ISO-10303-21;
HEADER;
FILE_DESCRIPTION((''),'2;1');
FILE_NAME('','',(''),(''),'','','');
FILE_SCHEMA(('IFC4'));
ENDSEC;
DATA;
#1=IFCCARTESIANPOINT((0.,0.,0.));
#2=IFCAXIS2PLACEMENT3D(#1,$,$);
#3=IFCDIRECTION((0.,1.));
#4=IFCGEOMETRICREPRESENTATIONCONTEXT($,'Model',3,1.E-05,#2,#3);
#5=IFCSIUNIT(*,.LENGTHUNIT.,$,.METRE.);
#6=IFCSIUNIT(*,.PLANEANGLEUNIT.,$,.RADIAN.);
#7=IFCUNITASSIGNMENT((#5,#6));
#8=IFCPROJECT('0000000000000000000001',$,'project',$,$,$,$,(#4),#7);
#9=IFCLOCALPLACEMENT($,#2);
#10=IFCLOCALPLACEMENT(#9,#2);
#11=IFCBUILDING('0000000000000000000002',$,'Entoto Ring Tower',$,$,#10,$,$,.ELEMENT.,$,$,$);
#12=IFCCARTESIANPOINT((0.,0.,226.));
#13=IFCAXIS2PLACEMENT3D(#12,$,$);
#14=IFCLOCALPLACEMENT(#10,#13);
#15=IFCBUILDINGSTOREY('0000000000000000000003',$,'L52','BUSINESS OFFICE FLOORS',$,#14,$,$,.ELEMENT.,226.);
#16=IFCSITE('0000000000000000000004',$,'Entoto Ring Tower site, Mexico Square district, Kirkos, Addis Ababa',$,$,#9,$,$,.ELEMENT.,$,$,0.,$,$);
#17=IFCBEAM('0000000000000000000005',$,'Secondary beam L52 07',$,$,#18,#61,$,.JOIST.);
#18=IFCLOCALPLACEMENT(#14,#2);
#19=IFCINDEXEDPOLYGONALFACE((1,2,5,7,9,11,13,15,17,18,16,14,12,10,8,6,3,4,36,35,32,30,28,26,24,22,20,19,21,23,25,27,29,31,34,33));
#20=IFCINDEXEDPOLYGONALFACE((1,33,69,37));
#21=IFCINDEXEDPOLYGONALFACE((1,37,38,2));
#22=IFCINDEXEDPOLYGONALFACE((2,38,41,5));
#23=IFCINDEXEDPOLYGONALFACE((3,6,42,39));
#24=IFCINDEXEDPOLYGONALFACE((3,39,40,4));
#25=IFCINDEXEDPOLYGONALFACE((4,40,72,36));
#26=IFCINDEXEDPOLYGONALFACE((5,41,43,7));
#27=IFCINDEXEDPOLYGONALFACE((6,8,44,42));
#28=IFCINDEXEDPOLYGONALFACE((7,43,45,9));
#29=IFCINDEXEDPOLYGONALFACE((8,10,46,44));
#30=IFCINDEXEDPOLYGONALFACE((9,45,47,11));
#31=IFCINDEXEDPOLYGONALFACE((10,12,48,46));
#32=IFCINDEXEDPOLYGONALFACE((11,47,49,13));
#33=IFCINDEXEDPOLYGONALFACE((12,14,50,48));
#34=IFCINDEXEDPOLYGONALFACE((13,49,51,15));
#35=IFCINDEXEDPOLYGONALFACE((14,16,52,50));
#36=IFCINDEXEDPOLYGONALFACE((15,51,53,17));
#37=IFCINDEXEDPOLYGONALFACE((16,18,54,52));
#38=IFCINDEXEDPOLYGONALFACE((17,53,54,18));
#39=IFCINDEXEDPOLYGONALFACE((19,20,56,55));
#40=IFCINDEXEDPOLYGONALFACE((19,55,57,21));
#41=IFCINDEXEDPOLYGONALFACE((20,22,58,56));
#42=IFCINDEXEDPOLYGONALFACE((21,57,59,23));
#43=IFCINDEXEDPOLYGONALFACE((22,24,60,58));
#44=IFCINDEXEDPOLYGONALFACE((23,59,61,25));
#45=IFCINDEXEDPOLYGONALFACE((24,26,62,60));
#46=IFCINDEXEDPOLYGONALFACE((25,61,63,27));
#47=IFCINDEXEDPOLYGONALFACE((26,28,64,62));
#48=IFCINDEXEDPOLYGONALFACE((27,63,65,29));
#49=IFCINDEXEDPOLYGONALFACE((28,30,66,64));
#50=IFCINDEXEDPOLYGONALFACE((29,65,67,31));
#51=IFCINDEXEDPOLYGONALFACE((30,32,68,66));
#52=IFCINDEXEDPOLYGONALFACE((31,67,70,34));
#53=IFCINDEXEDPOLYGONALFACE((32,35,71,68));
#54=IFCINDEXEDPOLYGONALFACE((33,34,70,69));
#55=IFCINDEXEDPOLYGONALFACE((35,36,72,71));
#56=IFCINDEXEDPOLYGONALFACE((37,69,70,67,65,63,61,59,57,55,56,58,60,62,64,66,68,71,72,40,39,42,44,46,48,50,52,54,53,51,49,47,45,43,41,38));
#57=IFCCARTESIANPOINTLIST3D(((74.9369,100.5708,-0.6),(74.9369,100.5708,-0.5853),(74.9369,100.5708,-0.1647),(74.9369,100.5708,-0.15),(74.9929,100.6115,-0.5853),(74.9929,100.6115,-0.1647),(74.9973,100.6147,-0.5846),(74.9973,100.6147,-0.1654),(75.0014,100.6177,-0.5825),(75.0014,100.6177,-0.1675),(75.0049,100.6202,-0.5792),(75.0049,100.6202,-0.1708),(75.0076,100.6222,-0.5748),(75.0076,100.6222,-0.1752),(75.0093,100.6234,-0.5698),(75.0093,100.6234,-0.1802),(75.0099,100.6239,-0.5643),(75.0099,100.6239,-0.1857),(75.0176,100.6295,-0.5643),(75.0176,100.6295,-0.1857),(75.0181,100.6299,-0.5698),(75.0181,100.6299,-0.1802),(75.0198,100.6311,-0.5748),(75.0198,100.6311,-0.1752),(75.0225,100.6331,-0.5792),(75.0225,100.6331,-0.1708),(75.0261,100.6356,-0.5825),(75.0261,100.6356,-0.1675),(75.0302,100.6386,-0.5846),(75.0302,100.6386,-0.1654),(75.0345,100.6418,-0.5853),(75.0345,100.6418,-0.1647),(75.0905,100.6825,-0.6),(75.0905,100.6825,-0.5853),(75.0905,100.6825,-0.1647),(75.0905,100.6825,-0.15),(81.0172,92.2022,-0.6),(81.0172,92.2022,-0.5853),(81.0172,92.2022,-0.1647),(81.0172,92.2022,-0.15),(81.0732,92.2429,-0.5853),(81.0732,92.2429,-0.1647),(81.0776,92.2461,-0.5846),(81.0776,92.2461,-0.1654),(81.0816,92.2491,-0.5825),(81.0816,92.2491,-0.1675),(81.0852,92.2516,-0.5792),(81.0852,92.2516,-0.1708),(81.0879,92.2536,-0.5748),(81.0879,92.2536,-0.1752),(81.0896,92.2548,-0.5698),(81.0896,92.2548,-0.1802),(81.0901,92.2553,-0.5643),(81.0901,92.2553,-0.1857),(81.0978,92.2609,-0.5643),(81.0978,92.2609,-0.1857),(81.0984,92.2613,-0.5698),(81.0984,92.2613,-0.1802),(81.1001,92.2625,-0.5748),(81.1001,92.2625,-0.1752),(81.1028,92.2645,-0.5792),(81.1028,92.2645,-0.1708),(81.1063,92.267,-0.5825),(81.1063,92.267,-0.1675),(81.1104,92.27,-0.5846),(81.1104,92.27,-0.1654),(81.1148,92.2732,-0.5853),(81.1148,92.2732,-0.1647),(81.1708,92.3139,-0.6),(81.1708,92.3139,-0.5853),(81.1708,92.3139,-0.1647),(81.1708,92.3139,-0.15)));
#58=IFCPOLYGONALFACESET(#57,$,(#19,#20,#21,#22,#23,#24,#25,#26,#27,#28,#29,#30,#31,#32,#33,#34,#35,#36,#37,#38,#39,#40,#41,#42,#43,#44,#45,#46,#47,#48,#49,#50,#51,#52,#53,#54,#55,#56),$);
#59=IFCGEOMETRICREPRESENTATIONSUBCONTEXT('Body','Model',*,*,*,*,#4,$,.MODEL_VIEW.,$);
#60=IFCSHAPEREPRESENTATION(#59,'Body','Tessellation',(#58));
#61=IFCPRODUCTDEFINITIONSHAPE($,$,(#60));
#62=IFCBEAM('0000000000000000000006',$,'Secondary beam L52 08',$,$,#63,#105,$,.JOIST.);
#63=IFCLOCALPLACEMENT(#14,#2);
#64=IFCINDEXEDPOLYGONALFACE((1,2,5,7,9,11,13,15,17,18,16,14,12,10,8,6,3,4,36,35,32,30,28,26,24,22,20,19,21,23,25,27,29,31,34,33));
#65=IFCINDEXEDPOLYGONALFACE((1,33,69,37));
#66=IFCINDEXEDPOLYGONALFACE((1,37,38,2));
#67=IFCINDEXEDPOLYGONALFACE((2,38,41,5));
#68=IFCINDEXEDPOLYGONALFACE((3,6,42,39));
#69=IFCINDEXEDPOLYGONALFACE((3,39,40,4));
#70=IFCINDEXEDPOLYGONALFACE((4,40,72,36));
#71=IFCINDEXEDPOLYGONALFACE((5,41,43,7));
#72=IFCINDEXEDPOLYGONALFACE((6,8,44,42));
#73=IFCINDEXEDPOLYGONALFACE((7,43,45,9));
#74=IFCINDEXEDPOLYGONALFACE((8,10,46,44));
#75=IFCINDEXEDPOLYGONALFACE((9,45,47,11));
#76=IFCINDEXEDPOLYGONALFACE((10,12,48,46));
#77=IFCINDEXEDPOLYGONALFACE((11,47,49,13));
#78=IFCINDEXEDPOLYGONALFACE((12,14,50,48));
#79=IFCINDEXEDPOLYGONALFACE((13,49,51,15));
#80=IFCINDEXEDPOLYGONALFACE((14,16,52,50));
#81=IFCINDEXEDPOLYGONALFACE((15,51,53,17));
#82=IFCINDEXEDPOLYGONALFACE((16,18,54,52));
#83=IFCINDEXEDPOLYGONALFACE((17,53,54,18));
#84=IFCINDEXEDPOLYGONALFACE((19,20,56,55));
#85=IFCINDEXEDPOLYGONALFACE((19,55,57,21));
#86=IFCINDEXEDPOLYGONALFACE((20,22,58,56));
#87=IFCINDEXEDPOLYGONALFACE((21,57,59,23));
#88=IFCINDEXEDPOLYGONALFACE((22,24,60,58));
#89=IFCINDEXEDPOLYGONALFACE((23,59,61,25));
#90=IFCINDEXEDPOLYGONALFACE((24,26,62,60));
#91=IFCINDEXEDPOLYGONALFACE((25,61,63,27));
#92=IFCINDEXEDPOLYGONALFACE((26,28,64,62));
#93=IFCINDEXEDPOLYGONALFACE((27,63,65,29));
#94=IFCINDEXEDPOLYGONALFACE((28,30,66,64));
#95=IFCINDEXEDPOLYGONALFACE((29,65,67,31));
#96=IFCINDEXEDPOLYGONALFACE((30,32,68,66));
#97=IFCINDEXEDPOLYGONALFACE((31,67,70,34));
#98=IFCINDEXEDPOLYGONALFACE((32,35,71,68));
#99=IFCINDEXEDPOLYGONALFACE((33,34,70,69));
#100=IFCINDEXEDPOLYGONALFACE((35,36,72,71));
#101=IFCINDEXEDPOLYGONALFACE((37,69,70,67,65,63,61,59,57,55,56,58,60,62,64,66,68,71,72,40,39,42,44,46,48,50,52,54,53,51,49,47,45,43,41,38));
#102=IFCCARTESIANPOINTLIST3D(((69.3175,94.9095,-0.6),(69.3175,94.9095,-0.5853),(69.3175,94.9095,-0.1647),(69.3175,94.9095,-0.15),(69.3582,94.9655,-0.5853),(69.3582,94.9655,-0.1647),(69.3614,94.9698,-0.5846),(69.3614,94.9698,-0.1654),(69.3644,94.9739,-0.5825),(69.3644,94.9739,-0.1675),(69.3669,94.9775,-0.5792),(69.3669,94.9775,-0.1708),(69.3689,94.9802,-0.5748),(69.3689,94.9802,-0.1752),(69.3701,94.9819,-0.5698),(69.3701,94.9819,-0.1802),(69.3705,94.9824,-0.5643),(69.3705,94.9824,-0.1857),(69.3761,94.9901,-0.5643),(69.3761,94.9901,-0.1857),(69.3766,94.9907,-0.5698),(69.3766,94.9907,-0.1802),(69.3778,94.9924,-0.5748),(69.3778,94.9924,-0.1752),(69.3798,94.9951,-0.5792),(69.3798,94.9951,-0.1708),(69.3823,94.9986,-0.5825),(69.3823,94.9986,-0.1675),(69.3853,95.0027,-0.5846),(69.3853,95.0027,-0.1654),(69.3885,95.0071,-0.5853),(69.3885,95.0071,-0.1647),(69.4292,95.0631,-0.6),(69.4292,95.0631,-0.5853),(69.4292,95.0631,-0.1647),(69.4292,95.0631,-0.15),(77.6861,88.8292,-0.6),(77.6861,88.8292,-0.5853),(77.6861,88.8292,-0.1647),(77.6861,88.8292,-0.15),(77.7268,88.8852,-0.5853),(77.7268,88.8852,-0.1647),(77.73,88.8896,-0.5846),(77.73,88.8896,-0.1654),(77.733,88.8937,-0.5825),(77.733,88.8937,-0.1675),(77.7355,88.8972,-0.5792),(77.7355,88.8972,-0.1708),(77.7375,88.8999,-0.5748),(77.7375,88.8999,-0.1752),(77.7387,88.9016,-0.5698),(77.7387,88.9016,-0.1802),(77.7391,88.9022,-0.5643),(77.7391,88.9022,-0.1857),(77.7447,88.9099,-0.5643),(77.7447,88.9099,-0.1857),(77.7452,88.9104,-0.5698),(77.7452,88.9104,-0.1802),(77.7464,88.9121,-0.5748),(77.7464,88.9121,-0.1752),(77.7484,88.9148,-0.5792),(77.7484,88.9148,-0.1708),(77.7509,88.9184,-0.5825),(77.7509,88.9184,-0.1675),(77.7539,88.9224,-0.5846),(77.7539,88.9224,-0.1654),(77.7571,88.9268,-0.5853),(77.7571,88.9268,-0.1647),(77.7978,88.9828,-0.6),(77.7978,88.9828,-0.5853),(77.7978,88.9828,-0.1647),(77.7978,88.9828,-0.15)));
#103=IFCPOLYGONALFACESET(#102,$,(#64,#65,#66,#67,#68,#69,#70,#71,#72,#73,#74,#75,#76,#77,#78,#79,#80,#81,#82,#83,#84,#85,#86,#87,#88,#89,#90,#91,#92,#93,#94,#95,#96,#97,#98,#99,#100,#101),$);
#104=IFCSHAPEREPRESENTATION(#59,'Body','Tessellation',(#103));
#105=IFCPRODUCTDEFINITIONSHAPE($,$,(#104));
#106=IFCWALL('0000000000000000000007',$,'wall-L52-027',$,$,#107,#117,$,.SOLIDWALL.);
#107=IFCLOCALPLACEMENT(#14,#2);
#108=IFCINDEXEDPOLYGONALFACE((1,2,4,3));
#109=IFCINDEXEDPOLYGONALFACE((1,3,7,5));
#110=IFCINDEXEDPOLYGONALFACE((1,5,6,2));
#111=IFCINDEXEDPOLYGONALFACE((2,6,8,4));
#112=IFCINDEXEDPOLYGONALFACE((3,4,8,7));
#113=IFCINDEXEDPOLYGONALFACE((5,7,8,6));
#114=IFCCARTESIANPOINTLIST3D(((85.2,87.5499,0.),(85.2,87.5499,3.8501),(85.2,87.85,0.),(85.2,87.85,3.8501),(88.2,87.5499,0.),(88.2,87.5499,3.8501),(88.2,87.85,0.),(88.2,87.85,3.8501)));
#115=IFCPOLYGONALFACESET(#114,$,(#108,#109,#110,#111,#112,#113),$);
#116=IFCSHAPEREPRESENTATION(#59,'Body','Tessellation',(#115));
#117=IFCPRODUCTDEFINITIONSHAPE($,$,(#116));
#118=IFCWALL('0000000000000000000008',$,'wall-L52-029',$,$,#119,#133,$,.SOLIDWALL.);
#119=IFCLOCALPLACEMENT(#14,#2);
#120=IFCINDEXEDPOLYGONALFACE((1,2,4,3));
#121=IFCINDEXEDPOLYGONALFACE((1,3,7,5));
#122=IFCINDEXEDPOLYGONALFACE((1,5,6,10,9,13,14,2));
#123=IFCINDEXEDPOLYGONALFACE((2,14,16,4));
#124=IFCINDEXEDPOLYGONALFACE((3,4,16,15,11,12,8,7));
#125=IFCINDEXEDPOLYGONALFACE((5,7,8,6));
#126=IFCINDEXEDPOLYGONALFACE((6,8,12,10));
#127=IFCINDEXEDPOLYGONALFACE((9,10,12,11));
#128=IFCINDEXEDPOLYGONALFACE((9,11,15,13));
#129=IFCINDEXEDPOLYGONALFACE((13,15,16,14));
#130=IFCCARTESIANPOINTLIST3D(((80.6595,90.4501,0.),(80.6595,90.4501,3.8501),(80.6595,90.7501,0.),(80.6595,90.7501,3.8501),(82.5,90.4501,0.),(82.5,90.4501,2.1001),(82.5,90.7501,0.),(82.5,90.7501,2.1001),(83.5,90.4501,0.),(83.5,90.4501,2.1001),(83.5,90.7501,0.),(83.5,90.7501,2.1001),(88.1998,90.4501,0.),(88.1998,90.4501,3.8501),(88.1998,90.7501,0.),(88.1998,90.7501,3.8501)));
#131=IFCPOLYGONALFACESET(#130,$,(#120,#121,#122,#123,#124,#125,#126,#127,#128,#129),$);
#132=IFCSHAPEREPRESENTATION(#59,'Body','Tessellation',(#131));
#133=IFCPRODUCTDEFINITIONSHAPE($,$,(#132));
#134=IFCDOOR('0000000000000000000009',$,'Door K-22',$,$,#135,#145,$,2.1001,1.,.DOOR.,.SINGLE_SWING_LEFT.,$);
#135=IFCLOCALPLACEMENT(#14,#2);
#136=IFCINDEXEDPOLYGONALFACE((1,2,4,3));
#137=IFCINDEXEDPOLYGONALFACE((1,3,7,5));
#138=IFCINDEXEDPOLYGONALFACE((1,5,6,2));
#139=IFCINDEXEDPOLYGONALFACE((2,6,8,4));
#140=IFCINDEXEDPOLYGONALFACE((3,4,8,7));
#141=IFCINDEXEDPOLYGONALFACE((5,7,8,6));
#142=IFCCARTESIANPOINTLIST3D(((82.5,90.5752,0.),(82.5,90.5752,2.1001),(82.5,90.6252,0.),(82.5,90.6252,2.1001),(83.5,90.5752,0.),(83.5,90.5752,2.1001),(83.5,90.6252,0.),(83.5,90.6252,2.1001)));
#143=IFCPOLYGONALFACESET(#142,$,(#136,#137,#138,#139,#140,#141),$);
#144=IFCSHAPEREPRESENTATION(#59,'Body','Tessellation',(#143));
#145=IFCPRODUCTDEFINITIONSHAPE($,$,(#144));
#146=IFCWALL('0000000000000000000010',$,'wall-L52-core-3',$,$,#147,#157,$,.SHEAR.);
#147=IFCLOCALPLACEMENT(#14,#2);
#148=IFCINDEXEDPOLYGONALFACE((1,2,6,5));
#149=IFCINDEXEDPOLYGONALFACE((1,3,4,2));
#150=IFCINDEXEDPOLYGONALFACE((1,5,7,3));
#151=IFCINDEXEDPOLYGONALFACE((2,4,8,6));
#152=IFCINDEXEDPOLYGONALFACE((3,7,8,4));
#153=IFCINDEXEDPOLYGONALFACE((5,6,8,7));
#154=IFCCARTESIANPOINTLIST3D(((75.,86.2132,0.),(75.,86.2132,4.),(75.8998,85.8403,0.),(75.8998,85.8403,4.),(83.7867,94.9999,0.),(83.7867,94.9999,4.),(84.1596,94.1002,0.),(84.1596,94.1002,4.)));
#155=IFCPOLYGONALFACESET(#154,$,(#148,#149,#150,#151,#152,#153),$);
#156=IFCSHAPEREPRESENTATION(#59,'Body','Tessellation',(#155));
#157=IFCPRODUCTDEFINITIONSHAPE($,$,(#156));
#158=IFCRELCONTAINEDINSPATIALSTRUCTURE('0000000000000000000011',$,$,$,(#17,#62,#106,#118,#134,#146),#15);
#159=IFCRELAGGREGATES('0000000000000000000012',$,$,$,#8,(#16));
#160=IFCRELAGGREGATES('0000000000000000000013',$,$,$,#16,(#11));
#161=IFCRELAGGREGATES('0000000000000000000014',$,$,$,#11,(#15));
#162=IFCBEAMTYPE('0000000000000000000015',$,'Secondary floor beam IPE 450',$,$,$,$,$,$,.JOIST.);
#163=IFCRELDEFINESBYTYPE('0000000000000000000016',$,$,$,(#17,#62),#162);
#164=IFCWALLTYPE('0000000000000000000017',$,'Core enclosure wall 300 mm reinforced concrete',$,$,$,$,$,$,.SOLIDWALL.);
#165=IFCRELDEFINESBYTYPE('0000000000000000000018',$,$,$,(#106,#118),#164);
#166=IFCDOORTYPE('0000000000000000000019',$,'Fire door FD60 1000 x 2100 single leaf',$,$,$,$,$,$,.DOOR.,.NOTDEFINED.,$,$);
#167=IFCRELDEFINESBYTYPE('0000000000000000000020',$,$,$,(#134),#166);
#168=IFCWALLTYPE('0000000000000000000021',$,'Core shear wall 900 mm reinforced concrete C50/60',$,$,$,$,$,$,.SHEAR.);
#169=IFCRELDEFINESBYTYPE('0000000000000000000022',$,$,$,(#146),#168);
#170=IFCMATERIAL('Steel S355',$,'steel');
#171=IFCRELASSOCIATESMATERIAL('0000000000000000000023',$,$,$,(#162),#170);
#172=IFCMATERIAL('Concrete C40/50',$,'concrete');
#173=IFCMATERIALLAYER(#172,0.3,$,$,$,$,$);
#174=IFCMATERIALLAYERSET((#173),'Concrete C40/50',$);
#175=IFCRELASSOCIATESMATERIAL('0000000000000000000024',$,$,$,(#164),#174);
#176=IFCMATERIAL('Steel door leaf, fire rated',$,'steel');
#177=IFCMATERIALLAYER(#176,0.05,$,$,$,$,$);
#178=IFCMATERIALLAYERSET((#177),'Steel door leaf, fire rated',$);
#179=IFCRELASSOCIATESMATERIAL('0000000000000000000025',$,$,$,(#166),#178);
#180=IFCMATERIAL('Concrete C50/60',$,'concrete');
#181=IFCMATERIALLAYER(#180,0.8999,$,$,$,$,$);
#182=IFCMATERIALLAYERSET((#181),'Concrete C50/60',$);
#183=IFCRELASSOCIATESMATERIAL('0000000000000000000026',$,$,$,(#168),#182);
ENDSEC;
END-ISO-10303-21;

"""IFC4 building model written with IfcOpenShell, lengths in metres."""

from ifc_helpers import new_model, si_unit, direction, frame, frame_2d, origin, origin_2d, place, context, subcontext, project, spatial, polyline, rectangle, i_section, outline, extrude, material, layer, layer_set, material_profile, profile_set, type_object, element, fill, save


model = new_model("IFC4")

# Units and contexts
model_context = context("Model", 3, precision=1e-05, world=origin(), true_north=direction((0.0, 1.0)))
body_context = subcontext(model_context, "Body", "Model", "MODEL_VIEW")
ifc_project = project(units=[si_unit("LENGTHUNIT", "METRE"), si_unit("PLANEANGLEUNIT", "RADIAN")], contexts=[model_context])

# Site, building, storey
site_placement = place(None, origin())
site = spatial("IfcSite", under=ifc_project, at=site_placement, Name="Entoto Ring Tower site, Mexico Square district, Kirkos, Addis Ababa", CompositionType="ELEMENT", RefElevation=0.0)
building_placement = place(site_placement, origin())
building = spatial("IfcBuilding", under=site, at=building_placement, Name="Entoto Ring Tower", CompositionType="ELEMENT")
storey_placement = place(building_placement, frame((0.0, 0.0, 226.0)))
storey = spatial("IfcBuildingStorey", under=building, at=storey_placement, Name="L52", Description="BUSINESS OFFICE FLOORS", CompositionType="ELEMENT", Elevation=226.0)

# Beams
ifc_material_1 = material(Name="Steel S355", Category="steel")
ifc_material_profile_1 = material_profile(ifc_material_1, i_section(OverallWidth=0.1899, OverallDepth=0.45, WebThickness=0.0095, FlangeThickness=0.0146, FilletRadius=0.021, at=origin_2d()), Name="IPE 450")
ifc_profile_set_1 = profile_set([ifc_material_profile_1], Name="Steel S355")
beam_type_1 = type_object("IfcBeamType", Name="Secondary floor beam IPE 450", PredefinedType="JOIST", material=ifc_profile_set_1)
for number, where, z_axis, x_axis, name in (
    (1, (81.094, 92.2581, -0.375), (-0.587794, 0.809011, 0.0), (-0.809011, -0.587794, 0.0), "Secondary beam L52 07"),
    (2, (77.7419, 88.906, -0.375), (-0.809011, 0.587794, 0.0), (-0.587794, -0.809011, 0.0), "Secondary beam L52 08"),
):
    element("IfcBeam", number, at=place(storey_placement, frame(where, z_axis=z_axis, x_axis=x_axis)), inside=storey, type_object=beam_type_1, Name=name, PredefinedType="JOIST", context=body_context, shape_type="SweptSolid", body=[
        extrude(i_section(OverallWidth=0.1899, OverallDepth=0.45, WebThickness=0.0095, FlangeThickness=0.0146, FilletRadius=0.021, at=origin_2d()), origin(), (0.0, 0.0, 1.0), 10.3442),
    ])

# Wall
ifc_material_2 = material(Name="Concrete C40/50", Category="concrete")
ifc_layer_1 = layer(ifc_material_2, 0.3)
ifc_layer_set_1 = layer_set([ifc_layer_1], Name="Concrete C40/50")
wall_type_1 = type_object("IfcWallType", Name="Core enclosure wall 300 mm reinforced concrete", PredefinedType="SOLIDWALL", material=ifc_layer_set_1)
wall_1_placement = place(storey_placement, frame((85.2, 87.7, 0.0), z_axis=(0.0, 0.0, 1.0), x_axis=(1.0, 0.0, 0.0)))
element("IfcWall", 3, at=wall_1_placement, inside=storey, type_object=wall_type_1, Name="wall-L52-027", PredefinedType="SOLIDWALL", context=body_context, shape_type="SweptSolid", body=[
    extrude(rectangle(XDim=3.0, YDim=0.3, at=frame_2d((1.5, 0.0))), origin(), (0.0, 0.0, 1.0), 3.8501),
])

# Wall, opening, door
wall_2_placement = place(storey_placement, frame((80.6597, 90.6001, 0.0), z_axis=(0.0, 0.0, 1.0), x_axis=(1.0, 0.0, 0.0)))
wall_2 = element("IfcWall", 4, at=wall_2_placement, inside=storey, type_object=wall_type_1, Name="wall-L52-029", PredefinedType="SOLIDWALL", context=body_context, shape_type="SweptSolid", body=[
    extrude(rectangle(XDim=7.5403, YDim=0.3, at=frame_2d((3.77, 0.0))), origin(), (0.0, 0.0, 1.0), 3.8501),
])
opening_1_placement = place(wall_2_placement, frame((1.8403, 0.0, 0.0)))
opening_1 = element("IfcOpeningElement", 5, at=opening_1_placement, cuts=wall_2, PredefinedType="OPENING", context=body_context, shape_type="SweptSolid", body=[
    extrude(rectangle(XDim=1.0, YDim=2.1001, at=frame_2d((0.5, 1.05))), frame((0.0, 0.1602, 0.0), z_axis=(0.0, -1.0, 0.0), x_axis=(1.0, 0.0, 0.0)), (0.0, 0.0, 1.0), 0.3201),
])
ifc_material_3 = material(Name="Steel door leaf, fire rated", Category="steel")
ifc_layer_2 = layer(ifc_material_3, 0.05)
ifc_layer_set_2 = layer_set([ifc_layer_2], Name="Steel door leaf, fire rated")
door_type_1 = type_object("IfcDoorType", Name="Fire door FD60 1000 x 2100 single leaf", OperationType="NOTDEFINED", PredefinedType="DOOR", material=ifc_layer_set_2)
door_1_placement = place(opening_1_placement, frame((1.0, 0.0, 0.0), z_axis=(0.0, 0.0, 1.0), x_axis=(-1.0, 0.0, 0.0)))
door_1 = element("IfcDoor", 6, at=door_1_placement, inside=storey, type_object=door_type_1, Name="Door K-22", OperationType="SINGLE_SWING_LEFT", OverallHeight=2.1001, OverallWidth=1.0, PredefinedType="DOOR", context=body_context, shape_type="SweptSolid", body=[
    extrude(rectangle(XDim=1.0, YDim=2.1001, at=frame_2d((0.5, 1.05))), frame((0.0, 0.0249, 0.0), z_axis=(0.0, -1.0, 0.0), x_axis=(1.0, 0.0, 0.0)), (0.0, 0.0, 1.0), 0.05),
])
fill(opening_1, door_1)

# Wall
ifc_material_4 = material(Name="Concrete C50/60", Category="concrete")
ifc_layer_3 = layer(ifc_material_4, 0.8999)
ifc_layer_set_3 = layer_set([ifc_layer_3], Name="Concrete C50/60")
wall_type_2 = type_object("IfcWallType", Name="Core shear wall 900 mm reinforced concrete C50/60", PredefinedType="SHEAR", material=ifc_layer_set_3)
wall_3_placement = place(storey_placement, frame((83.9731, 94.55, 0.0), z_axis=(0.0, 0.0, 1.0), x_axis=(-0.707107, -0.707107, 0.0)))
element("IfcWall", 7, at=wall_3_placement, inside=storey, type_object=wall_type_2, Name="wall-L52-core-3", PredefinedType="SHEAR", context=body_context, shape_type="SweptSolid", body=[
    extrude(outline(polyline([(-0.1863, -0.45), (12.24, -0.45), (11.8674, 0.45), (0.1863, 0.45), (-0.1863, -0.45)])), origin(), (0.0, 0.0, 1.0), 4.0),
])

save(model, "model.ifc")
